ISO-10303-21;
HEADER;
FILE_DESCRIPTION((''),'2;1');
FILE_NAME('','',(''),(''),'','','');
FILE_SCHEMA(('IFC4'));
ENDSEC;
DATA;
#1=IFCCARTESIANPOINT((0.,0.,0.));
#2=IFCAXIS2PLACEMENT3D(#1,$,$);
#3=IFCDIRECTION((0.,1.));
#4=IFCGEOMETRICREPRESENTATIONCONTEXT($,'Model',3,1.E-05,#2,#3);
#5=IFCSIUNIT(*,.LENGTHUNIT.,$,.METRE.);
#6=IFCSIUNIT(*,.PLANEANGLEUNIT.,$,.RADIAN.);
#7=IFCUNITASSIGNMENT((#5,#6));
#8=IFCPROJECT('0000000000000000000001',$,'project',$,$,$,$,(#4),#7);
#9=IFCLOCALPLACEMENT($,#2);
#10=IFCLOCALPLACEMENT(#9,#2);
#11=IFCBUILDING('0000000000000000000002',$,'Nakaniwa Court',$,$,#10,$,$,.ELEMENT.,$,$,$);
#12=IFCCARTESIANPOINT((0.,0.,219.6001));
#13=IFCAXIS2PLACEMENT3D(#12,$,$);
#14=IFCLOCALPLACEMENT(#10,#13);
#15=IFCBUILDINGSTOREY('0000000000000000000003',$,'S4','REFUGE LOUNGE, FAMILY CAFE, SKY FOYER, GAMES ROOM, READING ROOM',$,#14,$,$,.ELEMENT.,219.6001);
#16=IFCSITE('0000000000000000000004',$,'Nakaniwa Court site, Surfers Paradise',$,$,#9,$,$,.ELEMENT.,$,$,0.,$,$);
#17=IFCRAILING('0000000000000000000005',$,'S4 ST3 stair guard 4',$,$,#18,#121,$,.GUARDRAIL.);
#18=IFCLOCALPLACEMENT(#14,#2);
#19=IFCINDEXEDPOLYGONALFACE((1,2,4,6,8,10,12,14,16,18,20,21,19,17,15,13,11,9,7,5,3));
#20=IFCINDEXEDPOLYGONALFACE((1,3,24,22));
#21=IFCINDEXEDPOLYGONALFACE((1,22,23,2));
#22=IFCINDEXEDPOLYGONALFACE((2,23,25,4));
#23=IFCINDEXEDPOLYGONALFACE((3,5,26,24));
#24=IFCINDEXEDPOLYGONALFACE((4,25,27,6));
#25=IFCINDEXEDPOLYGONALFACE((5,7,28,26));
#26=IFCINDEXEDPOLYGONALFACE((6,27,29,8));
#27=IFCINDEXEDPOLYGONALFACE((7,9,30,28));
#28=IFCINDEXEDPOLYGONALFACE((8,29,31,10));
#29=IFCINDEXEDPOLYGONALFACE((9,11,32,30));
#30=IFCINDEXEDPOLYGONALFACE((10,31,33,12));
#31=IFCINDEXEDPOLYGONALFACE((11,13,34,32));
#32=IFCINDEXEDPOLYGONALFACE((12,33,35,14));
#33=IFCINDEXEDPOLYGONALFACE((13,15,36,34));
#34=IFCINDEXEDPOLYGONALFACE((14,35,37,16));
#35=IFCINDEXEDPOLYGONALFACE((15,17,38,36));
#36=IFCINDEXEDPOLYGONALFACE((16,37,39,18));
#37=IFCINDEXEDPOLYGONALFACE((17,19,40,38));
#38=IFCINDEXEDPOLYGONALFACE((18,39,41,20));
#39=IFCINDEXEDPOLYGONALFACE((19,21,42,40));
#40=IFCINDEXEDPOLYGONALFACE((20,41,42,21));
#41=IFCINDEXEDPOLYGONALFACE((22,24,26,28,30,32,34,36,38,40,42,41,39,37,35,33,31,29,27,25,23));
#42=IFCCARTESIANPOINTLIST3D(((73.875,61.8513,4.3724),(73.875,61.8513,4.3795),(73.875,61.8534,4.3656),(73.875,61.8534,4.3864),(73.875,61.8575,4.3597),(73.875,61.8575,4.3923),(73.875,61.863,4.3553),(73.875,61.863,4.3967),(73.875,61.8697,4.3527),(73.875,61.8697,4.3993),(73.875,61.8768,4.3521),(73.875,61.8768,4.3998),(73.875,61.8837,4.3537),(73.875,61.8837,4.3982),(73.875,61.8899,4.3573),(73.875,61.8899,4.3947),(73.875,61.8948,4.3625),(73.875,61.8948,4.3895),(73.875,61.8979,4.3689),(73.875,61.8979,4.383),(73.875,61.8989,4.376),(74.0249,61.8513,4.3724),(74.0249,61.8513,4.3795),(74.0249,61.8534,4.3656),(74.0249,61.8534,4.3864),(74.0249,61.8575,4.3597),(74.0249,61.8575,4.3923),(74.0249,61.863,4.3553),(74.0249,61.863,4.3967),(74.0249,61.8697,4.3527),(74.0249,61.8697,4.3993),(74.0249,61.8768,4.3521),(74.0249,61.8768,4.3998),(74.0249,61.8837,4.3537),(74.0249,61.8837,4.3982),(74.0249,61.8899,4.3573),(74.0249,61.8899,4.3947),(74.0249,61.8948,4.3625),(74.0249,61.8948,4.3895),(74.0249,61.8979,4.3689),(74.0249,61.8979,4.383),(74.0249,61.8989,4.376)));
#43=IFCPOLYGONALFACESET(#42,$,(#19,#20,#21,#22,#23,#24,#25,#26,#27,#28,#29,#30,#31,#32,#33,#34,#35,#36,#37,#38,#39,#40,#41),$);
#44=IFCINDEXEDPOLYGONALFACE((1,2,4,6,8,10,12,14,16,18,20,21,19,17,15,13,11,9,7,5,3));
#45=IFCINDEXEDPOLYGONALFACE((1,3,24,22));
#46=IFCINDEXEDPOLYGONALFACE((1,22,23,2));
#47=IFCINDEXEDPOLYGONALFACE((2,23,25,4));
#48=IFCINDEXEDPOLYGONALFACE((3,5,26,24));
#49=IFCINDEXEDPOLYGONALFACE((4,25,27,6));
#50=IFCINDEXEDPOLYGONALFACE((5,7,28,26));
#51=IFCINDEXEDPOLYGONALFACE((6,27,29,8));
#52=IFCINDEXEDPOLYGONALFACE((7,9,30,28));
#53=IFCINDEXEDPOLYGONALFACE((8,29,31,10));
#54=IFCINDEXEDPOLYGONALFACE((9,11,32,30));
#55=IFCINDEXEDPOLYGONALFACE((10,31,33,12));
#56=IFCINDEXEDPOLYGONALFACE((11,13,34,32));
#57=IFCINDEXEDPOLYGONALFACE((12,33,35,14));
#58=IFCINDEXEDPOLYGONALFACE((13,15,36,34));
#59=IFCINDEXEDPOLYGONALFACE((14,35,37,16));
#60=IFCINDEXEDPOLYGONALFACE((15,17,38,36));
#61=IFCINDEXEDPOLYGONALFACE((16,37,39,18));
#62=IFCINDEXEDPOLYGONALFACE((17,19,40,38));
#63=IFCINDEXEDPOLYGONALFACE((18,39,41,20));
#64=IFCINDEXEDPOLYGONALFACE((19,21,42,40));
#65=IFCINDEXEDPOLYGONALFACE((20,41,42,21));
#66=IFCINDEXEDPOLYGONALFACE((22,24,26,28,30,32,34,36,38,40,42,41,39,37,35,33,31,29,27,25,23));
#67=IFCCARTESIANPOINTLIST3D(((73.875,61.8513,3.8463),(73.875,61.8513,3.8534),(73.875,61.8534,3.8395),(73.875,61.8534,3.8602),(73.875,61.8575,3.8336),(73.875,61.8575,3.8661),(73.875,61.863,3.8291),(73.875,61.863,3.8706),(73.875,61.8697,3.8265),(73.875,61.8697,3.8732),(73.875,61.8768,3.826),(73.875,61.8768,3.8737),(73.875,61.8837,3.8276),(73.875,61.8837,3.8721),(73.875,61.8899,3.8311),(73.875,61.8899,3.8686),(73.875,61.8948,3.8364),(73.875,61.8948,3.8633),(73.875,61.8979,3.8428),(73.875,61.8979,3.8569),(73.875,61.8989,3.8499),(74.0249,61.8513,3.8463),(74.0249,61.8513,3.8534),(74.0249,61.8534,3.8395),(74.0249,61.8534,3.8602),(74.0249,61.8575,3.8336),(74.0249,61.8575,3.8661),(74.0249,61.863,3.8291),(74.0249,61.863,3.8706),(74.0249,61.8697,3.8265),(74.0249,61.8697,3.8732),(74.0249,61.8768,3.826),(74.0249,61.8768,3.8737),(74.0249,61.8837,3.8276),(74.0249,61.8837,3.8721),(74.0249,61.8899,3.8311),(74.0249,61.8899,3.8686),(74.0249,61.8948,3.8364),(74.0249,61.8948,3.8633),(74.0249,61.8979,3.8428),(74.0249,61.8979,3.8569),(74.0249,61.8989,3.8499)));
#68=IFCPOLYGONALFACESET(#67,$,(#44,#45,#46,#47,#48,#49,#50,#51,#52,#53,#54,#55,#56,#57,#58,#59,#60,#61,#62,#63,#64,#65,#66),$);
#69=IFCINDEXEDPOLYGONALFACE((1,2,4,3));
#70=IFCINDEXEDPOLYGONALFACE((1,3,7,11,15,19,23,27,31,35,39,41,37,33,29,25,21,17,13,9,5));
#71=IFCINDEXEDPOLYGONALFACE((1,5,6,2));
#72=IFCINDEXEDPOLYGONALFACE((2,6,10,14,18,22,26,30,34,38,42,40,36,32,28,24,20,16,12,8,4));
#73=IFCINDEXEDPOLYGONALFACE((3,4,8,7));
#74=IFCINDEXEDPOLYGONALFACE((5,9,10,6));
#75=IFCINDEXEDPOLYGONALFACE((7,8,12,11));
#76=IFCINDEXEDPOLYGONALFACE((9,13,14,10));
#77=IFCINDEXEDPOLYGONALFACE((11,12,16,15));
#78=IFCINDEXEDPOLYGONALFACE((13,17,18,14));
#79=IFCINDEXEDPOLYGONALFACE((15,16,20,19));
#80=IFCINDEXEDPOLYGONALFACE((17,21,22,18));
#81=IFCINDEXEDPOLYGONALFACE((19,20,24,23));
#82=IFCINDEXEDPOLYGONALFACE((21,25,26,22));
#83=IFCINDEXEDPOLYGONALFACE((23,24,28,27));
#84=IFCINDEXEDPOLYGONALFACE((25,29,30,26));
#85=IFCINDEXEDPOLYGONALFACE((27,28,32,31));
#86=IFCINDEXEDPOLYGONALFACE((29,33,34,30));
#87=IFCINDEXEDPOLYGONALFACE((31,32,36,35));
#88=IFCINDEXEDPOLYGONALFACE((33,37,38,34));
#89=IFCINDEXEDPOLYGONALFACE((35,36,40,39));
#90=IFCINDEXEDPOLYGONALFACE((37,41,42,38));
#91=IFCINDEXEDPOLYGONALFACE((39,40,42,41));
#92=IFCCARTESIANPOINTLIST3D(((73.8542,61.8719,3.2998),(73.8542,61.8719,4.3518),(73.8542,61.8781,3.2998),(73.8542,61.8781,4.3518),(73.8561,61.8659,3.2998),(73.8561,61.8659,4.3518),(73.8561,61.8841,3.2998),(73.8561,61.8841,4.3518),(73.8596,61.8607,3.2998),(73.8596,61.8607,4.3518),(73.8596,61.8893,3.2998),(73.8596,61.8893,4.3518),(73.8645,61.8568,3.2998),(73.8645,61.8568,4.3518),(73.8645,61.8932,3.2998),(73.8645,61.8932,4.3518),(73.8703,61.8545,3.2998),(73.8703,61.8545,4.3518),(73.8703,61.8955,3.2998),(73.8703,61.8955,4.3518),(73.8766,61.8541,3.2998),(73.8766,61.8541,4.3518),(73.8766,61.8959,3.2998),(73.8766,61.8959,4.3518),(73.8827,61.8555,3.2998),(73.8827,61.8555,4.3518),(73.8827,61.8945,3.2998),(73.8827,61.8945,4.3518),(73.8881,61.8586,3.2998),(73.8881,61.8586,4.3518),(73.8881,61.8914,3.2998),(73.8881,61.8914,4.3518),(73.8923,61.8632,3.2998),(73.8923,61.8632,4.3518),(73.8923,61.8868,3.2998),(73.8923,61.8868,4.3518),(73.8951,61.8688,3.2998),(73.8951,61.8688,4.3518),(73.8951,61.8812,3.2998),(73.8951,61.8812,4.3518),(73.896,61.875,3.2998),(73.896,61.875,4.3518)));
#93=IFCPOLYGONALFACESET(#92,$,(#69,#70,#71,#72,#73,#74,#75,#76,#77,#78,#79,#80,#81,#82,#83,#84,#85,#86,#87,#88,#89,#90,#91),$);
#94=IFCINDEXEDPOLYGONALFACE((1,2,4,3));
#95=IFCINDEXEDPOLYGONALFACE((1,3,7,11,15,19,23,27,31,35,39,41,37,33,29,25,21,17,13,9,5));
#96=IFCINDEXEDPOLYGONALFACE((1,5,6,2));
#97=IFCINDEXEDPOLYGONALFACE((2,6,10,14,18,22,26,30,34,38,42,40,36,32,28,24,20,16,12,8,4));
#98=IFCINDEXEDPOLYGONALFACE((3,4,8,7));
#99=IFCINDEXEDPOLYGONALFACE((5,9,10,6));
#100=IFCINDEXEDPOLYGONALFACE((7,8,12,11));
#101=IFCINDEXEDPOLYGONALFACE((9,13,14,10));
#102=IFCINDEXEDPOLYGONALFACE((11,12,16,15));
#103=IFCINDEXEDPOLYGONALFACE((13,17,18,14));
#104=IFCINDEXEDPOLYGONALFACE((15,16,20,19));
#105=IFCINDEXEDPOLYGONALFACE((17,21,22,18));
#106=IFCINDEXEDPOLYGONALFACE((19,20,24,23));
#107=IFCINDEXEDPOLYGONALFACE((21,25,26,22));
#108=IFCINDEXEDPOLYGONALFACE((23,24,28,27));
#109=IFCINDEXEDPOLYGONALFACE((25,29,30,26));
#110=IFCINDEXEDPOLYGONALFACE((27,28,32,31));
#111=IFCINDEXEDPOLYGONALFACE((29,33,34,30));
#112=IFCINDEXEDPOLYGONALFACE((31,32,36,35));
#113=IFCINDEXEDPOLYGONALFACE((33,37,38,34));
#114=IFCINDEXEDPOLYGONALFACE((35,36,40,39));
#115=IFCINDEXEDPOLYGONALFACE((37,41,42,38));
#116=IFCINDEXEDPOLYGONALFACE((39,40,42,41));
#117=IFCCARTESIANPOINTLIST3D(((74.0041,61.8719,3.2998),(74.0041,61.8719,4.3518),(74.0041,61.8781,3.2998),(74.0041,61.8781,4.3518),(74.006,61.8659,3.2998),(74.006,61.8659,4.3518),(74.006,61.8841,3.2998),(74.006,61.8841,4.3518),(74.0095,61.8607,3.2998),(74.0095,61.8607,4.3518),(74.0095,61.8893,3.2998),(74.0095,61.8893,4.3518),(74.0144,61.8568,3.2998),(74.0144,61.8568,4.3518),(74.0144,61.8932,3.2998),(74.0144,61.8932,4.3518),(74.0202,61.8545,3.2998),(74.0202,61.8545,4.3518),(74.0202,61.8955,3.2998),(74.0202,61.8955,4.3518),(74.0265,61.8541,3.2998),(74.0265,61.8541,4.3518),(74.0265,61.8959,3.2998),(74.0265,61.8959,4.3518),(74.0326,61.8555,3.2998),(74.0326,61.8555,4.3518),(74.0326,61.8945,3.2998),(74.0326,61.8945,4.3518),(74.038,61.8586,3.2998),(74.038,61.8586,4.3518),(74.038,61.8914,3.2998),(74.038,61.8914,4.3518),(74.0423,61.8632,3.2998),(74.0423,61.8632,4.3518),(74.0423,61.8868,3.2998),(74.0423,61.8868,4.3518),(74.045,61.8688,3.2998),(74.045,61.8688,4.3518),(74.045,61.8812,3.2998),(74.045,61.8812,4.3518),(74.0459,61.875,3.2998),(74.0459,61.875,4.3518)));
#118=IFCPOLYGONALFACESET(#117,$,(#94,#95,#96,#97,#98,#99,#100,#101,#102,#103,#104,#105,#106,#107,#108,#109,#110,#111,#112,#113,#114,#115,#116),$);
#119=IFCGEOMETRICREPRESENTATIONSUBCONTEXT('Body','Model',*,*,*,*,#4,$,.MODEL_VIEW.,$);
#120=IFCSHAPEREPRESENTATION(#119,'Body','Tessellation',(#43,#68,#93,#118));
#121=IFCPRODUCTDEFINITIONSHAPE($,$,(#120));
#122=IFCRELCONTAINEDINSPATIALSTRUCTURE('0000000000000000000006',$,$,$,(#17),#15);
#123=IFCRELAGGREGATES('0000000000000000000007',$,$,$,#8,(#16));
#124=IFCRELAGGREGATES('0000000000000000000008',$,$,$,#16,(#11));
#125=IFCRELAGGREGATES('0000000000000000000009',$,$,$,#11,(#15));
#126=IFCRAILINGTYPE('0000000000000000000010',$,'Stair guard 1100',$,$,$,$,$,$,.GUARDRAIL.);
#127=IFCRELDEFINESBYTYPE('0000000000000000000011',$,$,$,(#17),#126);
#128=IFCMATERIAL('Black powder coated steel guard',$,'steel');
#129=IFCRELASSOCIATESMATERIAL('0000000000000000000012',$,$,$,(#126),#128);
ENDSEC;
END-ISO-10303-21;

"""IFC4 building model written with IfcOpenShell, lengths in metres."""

from ifc_helpers import new_model, si_unit, direction, frame, origin, origin_2d, place, context, subcontext, project, spatial, circle, extrude, material, type_object, element, save


model = new_model("IFC4")

# Units and contexts
model_context = context("Model", 3, precision=1e-05, world=origin(), true_north=direction((0.0, 1.0)))
body_context = subcontext(model_context, "Body", "Model", "MODEL_VIEW")
ifc_project = project(units=[si_unit("LENGTHUNIT", "METRE"), si_unit("PLANEANGLEUNIT", "RADIAN")], contexts=[model_context])

# Site, building, storey
site_placement = place(None, origin())
site = spatial("IfcSite", under=ifc_project, at=site_placement, Name="Nakaniwa Court site, Surfers Paradise", CompositionType="ELEMENT", RefElevation=0.0)
building_placement = place(site_placement, origin())
building = spatial("IfcBuilding", under=site, at=building_placement, Name="Nakaniwa Court", CompositionType="ELEMENT")
storey_placement = place(building_placement, frame((0.0, 0.0, 219.6001)))
storey = spatial("IfcBuildingStorey", under=building, at=storey_placement, Name="S4", Description="REFUGE LOUNGE, FAMILY CAFE, SKY FOYER, GAMES ROOM, READING ROOM", CompositionType="ELEMENT", Elevation=219.6001)

# Railing
ifc_material_1 = material(Name="Black powder coated steel guard", Category="steel")
railing_type_1 = type_object("IfcRailingType", Name="Stair guard 1100", PredefinedType="GUARDRAIL", material=ifc_material_1)
railing_1_placement = place(storey_placement, frame((73.875, 61.875, 3.2998)))
element("IfcRailing", 1, at=railing_1_placement, inside=storey, type_object=railing_type_1, Name="S4 ST3 stair guard 4", PredefinedType="GUARDRAIL", context=body_context, shape_type="SweptSolid", body=[
    extrude(circle(Radius=0.0239, at=origin_2d()), frame((0.0, 0.0, 1.0762), z_axis=(1.0, 0.0, 0.0), x_axis=(0.0, 1.0, 0.0)), (0.0, 0.0, 1.0), 0.1499),
    extrude(circle(Radius=0.0239, at=origin_2d()), frame((0.0, 0.0, 0.55), z_axis=(1.0, 0.0, 0.0), x_axis=(0.0, 1.0, 0.0)), (0.0, 0.0, 1.0), 0.1499),
    extrude(circle(Radius=0.021, at=origin_2d()), origin(), (0.0, 0.0, 1.0), 1.052),
    extrude(circle(Radius=0.021, at=origin_2d()), frame((0.1499, 0.0, 0.0)), (0.0, 0.0, 1.0), 1.052),
])

save(model, "model.ifc")
